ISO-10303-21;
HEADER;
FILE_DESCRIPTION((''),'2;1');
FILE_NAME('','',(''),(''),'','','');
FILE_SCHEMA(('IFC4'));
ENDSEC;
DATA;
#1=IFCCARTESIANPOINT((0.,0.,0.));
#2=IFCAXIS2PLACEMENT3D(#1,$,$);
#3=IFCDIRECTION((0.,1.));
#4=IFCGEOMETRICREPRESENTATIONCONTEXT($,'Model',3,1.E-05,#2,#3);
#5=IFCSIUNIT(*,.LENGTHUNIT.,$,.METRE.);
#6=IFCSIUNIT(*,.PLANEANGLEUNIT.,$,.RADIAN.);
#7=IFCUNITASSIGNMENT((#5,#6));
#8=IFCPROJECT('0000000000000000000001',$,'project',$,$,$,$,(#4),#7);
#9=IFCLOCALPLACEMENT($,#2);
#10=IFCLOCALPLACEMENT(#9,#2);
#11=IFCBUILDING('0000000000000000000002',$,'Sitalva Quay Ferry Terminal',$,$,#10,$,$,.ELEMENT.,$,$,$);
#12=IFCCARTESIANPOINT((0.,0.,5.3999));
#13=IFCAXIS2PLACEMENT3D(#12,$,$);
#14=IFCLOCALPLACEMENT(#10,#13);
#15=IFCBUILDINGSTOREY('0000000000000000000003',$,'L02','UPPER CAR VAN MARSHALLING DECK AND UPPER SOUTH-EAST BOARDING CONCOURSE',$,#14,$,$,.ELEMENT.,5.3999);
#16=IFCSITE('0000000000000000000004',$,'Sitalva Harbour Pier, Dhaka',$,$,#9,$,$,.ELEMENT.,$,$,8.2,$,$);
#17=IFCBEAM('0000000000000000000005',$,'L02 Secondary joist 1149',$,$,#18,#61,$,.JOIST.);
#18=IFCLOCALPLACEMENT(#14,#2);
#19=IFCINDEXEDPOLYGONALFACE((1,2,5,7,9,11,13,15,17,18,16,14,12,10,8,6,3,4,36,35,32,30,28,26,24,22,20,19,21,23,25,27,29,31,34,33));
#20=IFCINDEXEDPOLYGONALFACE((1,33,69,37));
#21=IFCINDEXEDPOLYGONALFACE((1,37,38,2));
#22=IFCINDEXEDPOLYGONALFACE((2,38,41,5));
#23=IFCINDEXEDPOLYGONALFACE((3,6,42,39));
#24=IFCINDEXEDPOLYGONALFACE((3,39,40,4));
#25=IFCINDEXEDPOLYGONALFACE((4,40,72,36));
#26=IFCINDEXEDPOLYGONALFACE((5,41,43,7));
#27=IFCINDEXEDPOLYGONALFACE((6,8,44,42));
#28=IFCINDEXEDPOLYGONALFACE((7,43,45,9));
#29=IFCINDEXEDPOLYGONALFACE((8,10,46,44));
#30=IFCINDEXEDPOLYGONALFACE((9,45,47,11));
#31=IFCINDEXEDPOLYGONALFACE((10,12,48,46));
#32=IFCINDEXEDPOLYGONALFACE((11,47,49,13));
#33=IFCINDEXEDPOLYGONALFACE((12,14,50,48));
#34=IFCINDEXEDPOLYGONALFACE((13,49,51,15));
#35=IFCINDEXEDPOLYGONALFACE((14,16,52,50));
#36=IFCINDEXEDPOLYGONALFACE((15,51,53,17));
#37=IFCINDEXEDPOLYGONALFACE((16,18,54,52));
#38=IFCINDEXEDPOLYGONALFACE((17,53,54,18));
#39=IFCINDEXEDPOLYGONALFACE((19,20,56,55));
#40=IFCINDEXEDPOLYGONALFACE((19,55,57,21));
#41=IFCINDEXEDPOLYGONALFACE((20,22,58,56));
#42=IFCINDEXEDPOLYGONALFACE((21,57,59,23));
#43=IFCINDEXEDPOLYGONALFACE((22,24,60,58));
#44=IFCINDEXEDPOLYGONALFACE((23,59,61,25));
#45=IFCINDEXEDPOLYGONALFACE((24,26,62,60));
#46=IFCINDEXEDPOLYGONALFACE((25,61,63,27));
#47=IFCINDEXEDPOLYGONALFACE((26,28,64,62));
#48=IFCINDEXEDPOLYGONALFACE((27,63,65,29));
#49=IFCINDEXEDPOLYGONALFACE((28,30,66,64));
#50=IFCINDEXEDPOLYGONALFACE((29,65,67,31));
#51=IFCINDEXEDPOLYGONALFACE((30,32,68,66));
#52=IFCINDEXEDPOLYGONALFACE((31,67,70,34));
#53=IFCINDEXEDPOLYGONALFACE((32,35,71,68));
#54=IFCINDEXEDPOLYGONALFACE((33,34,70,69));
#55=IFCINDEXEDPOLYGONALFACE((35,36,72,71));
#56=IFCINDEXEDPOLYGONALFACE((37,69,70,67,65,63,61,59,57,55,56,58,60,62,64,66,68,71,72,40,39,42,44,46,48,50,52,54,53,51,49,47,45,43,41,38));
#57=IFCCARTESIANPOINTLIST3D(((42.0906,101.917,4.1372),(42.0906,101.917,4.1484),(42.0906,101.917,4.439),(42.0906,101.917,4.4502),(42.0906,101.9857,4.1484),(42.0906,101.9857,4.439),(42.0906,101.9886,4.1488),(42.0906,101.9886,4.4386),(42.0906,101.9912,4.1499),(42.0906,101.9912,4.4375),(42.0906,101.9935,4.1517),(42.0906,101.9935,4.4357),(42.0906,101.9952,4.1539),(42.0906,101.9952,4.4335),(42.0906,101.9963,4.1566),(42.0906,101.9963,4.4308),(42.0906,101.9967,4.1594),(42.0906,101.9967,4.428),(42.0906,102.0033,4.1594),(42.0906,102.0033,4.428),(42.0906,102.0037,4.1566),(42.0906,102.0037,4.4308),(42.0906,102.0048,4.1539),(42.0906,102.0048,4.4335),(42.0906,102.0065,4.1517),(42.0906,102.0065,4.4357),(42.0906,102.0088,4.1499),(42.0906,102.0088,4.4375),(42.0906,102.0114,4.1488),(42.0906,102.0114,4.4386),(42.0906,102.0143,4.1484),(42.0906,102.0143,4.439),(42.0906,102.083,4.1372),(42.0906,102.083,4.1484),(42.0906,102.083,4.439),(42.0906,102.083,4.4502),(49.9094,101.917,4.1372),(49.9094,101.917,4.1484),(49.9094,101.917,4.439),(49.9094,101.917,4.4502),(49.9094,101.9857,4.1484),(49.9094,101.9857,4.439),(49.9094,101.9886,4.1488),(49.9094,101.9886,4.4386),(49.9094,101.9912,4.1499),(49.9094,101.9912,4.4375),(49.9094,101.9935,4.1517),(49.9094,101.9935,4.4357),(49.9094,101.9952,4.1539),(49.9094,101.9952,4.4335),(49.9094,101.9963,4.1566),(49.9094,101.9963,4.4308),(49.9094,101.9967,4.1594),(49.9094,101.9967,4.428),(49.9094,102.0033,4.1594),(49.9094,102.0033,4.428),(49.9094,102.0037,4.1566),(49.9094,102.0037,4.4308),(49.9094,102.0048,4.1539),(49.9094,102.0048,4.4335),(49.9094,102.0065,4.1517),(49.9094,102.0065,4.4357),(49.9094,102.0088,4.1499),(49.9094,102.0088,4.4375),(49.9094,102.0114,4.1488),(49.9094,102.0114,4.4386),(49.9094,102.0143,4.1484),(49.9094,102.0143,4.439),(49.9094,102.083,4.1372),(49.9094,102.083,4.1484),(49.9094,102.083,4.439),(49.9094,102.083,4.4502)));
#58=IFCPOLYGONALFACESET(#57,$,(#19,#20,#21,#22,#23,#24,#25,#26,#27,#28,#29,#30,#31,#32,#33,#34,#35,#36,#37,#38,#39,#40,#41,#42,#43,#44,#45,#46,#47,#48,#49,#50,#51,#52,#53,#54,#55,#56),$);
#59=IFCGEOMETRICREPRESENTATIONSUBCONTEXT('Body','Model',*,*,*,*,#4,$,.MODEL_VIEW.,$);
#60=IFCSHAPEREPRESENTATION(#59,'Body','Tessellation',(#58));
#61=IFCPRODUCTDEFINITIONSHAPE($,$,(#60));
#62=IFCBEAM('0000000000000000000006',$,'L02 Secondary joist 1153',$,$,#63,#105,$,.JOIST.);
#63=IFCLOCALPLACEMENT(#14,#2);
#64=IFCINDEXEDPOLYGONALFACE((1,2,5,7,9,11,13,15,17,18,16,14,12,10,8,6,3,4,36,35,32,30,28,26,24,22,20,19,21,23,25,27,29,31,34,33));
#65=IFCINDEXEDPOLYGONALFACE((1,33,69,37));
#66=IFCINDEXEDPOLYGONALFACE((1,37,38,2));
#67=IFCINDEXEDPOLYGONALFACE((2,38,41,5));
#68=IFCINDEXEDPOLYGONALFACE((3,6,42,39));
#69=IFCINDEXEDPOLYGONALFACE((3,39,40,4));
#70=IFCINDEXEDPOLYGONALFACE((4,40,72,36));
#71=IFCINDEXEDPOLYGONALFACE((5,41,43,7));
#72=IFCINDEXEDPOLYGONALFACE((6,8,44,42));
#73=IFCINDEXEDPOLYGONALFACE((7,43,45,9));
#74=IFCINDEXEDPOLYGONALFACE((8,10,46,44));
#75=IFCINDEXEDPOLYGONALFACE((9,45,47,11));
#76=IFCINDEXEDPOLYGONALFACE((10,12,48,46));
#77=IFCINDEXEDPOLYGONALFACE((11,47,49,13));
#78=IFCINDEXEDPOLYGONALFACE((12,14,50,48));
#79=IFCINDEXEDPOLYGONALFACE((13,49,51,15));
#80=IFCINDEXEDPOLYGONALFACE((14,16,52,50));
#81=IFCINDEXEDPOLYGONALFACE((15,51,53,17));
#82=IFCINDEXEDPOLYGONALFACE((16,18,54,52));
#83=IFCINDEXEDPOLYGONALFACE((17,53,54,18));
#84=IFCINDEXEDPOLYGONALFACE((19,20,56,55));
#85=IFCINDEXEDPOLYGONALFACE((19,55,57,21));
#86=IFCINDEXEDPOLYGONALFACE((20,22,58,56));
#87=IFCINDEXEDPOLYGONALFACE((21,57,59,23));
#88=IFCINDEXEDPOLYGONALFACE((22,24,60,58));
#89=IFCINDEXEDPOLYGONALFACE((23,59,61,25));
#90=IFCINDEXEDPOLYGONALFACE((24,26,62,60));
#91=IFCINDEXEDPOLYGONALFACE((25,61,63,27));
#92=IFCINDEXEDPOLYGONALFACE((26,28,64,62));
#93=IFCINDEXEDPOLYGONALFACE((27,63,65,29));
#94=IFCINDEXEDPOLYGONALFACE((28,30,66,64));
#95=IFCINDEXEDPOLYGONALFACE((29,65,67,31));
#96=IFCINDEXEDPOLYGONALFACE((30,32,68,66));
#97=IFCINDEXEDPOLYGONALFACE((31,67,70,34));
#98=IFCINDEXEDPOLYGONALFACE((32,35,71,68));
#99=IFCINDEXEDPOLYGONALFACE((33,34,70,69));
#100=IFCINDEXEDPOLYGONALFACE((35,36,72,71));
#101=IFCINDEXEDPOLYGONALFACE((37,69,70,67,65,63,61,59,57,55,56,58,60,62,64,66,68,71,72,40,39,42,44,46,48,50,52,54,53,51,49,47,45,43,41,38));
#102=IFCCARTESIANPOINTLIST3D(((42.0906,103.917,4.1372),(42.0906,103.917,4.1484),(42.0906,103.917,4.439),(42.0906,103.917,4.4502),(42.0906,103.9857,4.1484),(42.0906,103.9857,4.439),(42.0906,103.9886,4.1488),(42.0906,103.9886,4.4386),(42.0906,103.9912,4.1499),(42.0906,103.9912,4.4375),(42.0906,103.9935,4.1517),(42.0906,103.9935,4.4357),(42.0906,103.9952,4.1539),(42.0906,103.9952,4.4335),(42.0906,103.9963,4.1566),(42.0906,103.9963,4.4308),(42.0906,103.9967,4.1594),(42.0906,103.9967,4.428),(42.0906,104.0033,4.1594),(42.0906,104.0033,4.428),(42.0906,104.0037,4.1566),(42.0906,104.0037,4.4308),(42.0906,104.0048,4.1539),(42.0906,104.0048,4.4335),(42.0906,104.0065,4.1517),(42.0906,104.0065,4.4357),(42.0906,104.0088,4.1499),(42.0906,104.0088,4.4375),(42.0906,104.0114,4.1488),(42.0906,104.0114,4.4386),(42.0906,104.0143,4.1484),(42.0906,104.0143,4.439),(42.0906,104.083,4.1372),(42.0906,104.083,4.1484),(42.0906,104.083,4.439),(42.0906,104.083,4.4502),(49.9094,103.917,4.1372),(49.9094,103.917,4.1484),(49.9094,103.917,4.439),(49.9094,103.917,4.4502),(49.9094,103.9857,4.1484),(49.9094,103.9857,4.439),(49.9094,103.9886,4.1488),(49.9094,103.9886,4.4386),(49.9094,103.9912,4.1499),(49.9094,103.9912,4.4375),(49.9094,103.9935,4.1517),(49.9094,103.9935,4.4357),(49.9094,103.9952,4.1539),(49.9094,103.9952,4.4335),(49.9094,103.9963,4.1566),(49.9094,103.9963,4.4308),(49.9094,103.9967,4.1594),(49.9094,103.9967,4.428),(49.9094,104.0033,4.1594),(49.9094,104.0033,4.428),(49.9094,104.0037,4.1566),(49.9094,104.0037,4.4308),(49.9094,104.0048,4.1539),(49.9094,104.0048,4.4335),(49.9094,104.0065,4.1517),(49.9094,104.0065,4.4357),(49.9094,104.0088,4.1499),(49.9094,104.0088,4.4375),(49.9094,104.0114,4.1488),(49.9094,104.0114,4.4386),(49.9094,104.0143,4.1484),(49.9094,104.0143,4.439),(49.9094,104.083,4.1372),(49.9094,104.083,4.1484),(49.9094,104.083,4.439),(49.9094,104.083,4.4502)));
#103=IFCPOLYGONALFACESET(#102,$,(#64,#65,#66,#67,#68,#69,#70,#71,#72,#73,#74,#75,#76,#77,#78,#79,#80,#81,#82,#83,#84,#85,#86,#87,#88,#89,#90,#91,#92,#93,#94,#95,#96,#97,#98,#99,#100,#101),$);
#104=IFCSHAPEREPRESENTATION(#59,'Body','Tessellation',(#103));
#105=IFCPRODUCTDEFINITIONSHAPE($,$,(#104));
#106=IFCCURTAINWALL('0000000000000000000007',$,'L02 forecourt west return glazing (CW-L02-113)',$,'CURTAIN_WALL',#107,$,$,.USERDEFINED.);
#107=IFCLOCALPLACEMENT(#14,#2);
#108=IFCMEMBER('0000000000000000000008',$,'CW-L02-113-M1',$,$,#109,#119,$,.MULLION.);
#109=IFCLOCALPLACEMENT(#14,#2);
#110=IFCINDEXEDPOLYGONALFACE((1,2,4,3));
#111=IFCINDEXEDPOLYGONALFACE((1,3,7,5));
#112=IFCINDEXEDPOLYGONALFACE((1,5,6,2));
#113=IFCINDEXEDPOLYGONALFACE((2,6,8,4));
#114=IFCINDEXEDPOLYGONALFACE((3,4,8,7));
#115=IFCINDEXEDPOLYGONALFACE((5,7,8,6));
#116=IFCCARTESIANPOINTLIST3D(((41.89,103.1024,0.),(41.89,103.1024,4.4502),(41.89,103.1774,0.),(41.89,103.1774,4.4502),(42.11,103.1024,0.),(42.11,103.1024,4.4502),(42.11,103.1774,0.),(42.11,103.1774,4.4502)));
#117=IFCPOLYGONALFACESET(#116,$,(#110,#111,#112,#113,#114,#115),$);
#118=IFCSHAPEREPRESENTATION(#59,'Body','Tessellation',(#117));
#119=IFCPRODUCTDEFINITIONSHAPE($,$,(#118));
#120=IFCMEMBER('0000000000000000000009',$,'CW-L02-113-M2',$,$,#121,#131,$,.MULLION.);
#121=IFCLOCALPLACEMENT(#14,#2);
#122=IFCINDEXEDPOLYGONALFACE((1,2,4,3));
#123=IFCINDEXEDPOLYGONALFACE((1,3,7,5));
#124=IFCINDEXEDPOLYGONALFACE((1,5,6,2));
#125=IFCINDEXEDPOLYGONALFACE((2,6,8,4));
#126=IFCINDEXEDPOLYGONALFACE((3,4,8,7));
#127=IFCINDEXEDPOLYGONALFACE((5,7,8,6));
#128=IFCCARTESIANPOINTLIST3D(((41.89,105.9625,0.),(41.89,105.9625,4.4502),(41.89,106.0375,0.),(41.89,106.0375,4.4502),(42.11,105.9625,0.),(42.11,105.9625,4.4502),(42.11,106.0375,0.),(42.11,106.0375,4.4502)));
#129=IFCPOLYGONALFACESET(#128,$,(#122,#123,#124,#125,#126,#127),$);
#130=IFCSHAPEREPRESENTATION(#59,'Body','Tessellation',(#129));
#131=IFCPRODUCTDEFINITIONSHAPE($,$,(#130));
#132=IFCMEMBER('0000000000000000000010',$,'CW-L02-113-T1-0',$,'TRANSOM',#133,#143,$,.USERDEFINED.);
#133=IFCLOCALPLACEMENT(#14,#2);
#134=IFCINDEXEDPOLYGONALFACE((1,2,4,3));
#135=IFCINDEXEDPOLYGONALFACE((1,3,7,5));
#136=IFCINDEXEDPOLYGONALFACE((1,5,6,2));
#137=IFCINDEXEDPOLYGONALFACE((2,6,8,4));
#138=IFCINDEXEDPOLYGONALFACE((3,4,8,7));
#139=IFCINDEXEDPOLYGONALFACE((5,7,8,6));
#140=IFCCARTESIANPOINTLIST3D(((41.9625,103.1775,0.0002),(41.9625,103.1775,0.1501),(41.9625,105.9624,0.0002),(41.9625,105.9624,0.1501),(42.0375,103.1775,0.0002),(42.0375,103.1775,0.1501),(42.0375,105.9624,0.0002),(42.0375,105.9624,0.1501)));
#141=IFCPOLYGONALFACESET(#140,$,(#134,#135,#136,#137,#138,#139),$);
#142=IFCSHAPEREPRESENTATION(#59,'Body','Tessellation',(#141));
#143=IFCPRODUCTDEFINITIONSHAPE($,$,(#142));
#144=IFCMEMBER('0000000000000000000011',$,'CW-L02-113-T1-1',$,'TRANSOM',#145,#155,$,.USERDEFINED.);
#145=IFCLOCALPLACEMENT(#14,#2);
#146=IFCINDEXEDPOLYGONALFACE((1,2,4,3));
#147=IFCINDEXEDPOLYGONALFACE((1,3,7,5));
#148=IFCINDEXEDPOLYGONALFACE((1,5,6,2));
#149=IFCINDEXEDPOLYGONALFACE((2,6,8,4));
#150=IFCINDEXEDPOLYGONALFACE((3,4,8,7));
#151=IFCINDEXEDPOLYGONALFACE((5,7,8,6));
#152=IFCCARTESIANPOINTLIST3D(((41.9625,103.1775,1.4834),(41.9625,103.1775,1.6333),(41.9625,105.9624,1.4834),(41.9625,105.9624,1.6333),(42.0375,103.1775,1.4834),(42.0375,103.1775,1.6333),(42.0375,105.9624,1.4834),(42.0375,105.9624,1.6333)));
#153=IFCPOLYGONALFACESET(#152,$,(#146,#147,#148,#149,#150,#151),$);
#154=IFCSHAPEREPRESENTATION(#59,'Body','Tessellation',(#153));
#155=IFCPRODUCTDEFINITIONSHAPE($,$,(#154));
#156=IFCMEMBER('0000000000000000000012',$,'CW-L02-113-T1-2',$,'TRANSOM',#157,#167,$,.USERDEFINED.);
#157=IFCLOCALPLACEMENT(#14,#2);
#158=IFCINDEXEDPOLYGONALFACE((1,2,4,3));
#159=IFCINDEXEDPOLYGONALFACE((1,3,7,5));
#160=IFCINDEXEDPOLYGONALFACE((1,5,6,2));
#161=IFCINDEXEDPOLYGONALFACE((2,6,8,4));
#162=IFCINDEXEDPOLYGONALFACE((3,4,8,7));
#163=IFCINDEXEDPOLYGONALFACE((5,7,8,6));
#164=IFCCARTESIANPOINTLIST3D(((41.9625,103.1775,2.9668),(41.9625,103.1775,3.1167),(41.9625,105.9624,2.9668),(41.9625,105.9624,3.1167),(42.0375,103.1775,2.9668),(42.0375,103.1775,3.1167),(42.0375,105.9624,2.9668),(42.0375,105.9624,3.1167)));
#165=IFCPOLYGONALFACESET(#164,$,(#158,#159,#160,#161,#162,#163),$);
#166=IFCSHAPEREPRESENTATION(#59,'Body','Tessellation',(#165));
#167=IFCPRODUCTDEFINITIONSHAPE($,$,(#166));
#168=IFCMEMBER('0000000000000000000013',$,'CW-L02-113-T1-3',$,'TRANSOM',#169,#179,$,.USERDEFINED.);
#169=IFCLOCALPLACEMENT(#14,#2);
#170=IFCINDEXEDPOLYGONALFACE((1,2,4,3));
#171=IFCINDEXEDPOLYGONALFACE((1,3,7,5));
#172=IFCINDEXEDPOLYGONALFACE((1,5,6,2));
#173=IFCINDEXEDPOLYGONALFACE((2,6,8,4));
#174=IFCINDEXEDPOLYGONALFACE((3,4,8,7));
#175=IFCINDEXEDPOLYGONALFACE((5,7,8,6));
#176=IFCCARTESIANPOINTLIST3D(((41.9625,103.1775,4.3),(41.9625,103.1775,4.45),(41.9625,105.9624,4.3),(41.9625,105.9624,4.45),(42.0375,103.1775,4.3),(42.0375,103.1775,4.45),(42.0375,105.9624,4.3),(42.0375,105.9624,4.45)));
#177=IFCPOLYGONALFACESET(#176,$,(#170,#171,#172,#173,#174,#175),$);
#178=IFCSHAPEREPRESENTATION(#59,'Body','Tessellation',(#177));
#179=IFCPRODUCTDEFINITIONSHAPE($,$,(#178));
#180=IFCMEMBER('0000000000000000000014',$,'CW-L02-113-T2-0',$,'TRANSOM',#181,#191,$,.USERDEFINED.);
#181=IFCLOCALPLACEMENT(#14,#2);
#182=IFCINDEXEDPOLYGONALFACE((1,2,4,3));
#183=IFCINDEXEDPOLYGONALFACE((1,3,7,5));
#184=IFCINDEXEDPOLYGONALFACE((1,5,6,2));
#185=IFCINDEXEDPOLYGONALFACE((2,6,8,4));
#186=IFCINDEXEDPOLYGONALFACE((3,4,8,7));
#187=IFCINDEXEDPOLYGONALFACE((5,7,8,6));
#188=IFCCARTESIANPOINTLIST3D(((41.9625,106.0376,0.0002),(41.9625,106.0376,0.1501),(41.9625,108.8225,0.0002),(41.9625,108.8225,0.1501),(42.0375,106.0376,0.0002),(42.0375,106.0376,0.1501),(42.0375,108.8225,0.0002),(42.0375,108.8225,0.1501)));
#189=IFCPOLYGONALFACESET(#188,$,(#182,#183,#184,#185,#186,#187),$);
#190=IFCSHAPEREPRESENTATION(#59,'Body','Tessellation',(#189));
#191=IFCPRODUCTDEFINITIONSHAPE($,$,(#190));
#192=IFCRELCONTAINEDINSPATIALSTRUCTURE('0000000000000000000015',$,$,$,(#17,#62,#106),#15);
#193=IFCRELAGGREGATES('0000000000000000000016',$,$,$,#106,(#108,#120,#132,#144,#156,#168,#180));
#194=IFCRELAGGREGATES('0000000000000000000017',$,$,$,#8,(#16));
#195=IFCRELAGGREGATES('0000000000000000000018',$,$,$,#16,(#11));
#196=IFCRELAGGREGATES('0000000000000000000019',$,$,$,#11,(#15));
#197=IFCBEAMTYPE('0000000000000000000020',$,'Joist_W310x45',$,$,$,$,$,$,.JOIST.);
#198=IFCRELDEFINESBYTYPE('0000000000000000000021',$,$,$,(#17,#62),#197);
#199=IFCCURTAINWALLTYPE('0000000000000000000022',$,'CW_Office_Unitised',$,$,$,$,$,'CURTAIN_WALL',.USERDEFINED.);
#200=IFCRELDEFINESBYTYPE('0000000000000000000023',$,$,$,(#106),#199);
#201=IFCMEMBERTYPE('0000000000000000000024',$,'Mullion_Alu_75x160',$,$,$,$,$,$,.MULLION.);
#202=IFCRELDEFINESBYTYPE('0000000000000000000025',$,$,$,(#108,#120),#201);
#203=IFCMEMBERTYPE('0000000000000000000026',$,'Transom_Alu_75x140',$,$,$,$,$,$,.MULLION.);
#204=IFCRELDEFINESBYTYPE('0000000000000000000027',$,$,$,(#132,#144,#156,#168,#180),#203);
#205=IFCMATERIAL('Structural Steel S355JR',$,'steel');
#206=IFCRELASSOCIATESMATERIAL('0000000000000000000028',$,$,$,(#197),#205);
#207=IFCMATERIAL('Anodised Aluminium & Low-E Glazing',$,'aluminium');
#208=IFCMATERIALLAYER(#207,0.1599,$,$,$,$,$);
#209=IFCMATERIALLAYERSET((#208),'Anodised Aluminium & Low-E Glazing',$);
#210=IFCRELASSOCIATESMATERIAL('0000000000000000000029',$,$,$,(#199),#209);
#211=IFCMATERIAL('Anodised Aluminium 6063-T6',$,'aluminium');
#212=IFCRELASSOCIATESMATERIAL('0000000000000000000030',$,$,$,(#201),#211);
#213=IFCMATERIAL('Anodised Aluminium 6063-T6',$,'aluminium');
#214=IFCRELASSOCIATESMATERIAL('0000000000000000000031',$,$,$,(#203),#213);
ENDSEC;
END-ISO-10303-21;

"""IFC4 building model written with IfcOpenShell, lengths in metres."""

from ifc_helpers import new_model, si_unit, direction, frame, origin, origin_2d, place, context, subcontext, project, spatial, rectangle, i_section, extrude, material, layer, layer_set, material_profile, profile_set, type_object, element, aggregate, save


model = new_model("IFC4")

# Units and contexts
model_context = context("Model", 3, precision=1e-05, world=origin(), true_north=direction((0.0, 1.0)))
body_context = subcontext(model_context, "Body", "Model", "MODEL_VIEW")
ifc_project = project(units=[si_unit("LENGTHUNIT", "METRE"), si_unit("PLANEANGLEUNIT", "RADIAN")], contexts=[model_context])

# Site, building, storey
site_placement = place(None, origin())
site = spatial("IfcSite", under=ifc_project, at=site_placement, Name="Sitalva Harbour Pier, Dhaka", CompositionType="ELEMENT", RefElevation=8.2)
building_placement = place(site_placement, origin())
building = spatial("IfcBuilding", under=site, at=building_placement, Name="Sitalva Quay Ferry Terminal", CompositionType="ELEMENT")
storey_placement = place(building_placement, frame((0.0, 0.0, 5.3999)))
storey = spatial("IfcBuildingStorey", under=building, at=storey_placement, Name="L02", Description="UPPER CAR VAN MARSHALLING DECK AND UPPER SOUTH-EAST BOARDING CONCOURSE", CompositionType="ELEMENT", Elevation=5.3999)

# Beams
ifc_material_1 = material(Name="Structural Steel S355JR", Category="steel")
ifc_material_profile_1 = material_profile(ifc_material_1, i_section(OverallWidth=0.166, OverallDepth=0.313, WebThickness=0.0066, FlangeThickness=0.0112, FilletRadius=0.011, at=origin_2d()), Name="W310x45")
ifc_profile_set_1 = profile_set([ifc_material_profile_1], Name="Structural Steel S355JR")
beam_type_1 = type_object("IfcBeamType", Name="Joist_W310x45", PredefinedType="JOIST", material=ifc_profile_set_1)
for number, where, z_axis, x_axis, name in (
    (1, (42.0906, 102.0, 4.2937), (1.0, 0.0, 0.0), (0.0, 1.0, 0.0), "L02 Secondary joist 1149"),
    (2, (42.0906, 104.0, 4.2937), (1.0, 0.0, 0.0), (0.0, 1.0, 0.0), "L02 Secondary joist 1153"),
):
    element("IfcBeam", number, at=place(storey_placement, frame(where, z_axis=z_axis, x_axis=x_axis)), inside=storey, type_object=beam_type_1, Name=name, PredefinedType="JOIST", context=body_context, shape_type="SweptSolid", body=[
        extrude(i_section(OverallWidth=0.166, OverallDepth=0.313, WebThickness=0.0066, FlangeThickness=0.0112, FilletRadius=0.011, at=origin_2d()), origin(), (0.0, 0.0, 1.0), 7.8188),
    ])

# Curtain wall, members
ifc_material_2 = material(Name="Anodised Aluminium & Low-E Glazing", Category="aluminium")
ifc_layer_1 = layer(ifc_material_2, 0.1599)
ifc_layer_set_1 = layer_set([ifc_layer_1], Name="Anodised Aluminium & Low-E Glazing")
curtain_wall_type = type_object("IfcCurtainWallType", Name="CW_Office_Unitised", ElementType="CURTAIN_WALL", PredefinedType="USERDEFINED", material=ifc_layer_set_1)
curtain_wall_placement = place(storey_placement, origin())
curtain_wall = element("IfcCurtainWall", 3, at=curtain_wall_placement, inside=storey, type_object=curtain_wall_type, Name="L02 forecourt west return glazing (CW-L02-113)", ObjectType="CURTAIN_WALL", PredefinedType="USERDEFINED")
ifc_material_3 = material(Name="Anodised Aluminium 6063-T6", Category="aluminium")
ifc_material_profile_2 = material_profile(ifc_material_3, rectangle(XDim=0.075, YDim=0.22, at=origin_2d()), Name="ALU75x220")
ifc_profile_set_2 = profile_set([ifc_material_profile_2], Name="Anodised Aluminium 6063-T6")
member_type_1 = type_object("IfcMemberType", Name="Mullion_Alu_75x160", PredefinedType="MULLION", material=ifc_profile_set_2)
member_1_placement = place(storey_placement, frame((42.0, 103.1399, 0.0), z_axis=(0.0, 0.0, 1.0), x_axis=(0.0, 1.0, 0.0)))
member_1 = element("IfcMember", 4, at=member_1_placement, type_object=member_type_1, Name="CW-L02-113-M1", PredefinedType="MULLION", context=body_context, shape_type="SweptSolid", body=[
    extrude(rectangle(XDim=0.075, YDim=0.22, at=origin_2d()), origin(), (0.0, 0.0, 1.0), 4.4502),
])
member_2_placement = place(storey_placement, frame((42.0, 106.0, 0.0), z_axis=(0.0, 0.0, 1.0), x_axis=(0.0, 1.0, 0.0)))
member_2 = element("IfcMember", 5, at=member_2_placement, type_object=member_type_1, Name="CW-L02-113-M2", PredefinedType="MULLION", context=body_context, shape_type="SweptSolid", body=[
    extrude(rectangle(XDim=0.075, YDim=0.22, at=origin_2d()), origin(), (0.0, 0.0, 1.0), 4.4502),
])
ifc_material_4 = material(Name="Anodised Aluminium 6063-T6", Category="aluminium")
ifc_material_profile_3 = material_profile(ifc_material_4, rectangle(XDim=0.075, YDim=0.1499, at=origin_2d()), Name="ALU75x150")
ifc_profile_set_3 = profile_set([ifc_material_profile_3], Name="Anodised Aluminium 6063-T6")
member_type_2 = type_object("IfcMemberType", Name="Transom_Alu_75x140", PredefinedType="MULLION", material=ifc_profile_set_3)
member_3_placement = place(storey_placement, frame((42.0, 103.1775, 0.0752), z_axis=(0.0, 1.0, 0.0), x_axis=(-1.0, 0.0, 0.0)))
member_3 = element("IfcMember", 6, at=member_3_placement, type_object=member_type_2, Name="CW-L02-113-T1-0", ObjectType="TRANSOM", PredefinedType="USERDEFINED", context=body_context, shape_type="SweptSolid", body=[
    extrude(rectangle(XDim=0.075, YDim=0.1499, at=origin_2d()), origin(), (0.0, 0.0, 1.0), 2.7849),
])
member_4_placement = place(storey_placement, frame((42.0, 103.1775, 1.5583), z_axis=(0.0, 1.0, 0.0), x_axis=(-1.0, 0.0, 0.0)))
member_4 = element("IfcMember", 7, at=member_4_placement, type_object=member_type_2, Name="CW-L02-113-T1-1", ObjectType="TRANSOM", PredefinedType="USERDEFINED", context=body_context, shape_type="SweptSolid", body=[
    extrude(rectangle(XDim=0.075, YDim=0.1499, at=origin_2d()), origin(), (0.0, 0.0, 1.0), 2.7849),
])
member_5_placement = place(storey_placement, frame((42.0, 103.1775, 3.0417), z_axis=(0.0, 1.0, 0.0), x_axis=(-1.0, 0.0, 0.0)))
member_5 = element("IfcMember", 8, at=member_5_placement, type_object=member_type_2, Name="CW-L02-113-T1-2", ObjectType="TRANSOM", PredefinedType="USERDEFINED", context=body_context, shape_type="SweptSolid", body=[
    extrude(rectangle(XDim=0.075, YDim=0.1499, at=origin_2d()), origin(), (0.0, 0.0, 1.0), 2.7849),
])
member_6_placement = place(storey_placement, frame((42.0, 103.1775, 4.375), z_axis=(0.0, 1.0, 0.0), x_axis=(-1.0, 0.0, 0.0)))
member_6 = element("IfcMember", 9, at=member_6_placement, type_object=member_type_2, Name="CW-L02-113-T1-3", ObjectType="TRANSOM", PredefinedType="USERDEFINED", context=body_context, shape_type="SweptSolid", body=[
    extrude(rectangle(XDim=0.075, YDim=0.1499, at=origin_2d()), origin(), (0.0, 0.0, 1.0), 2.7849),
])
member_7_placement = place(storey_placement, frame((42.0, 106.0376, 0.0752), z_axis=(0.0, 1.0, 0.0), x_axis=(-1.0, 0.0, 0.0)))
member_7 = element("IfcMember", 10, at=member_7_placement, type_object=member_type_2, Name="CW-L02-113-T2-0", ObjectType="TRANSOM", PredefinedType="USERDEFINED", context=body_context, shape_type="SweptSolid", body=[
    extrude(rectangle(XDim=0.075, YDim=0.1499, at=origin_2d()), origin(), (0.0, 0.0, 1.0), 2.7849),
])
aggregate(curtain_wall, [member_1, member_2, member_3, member_4, member_5, member_6, member_7])

save(model, "model.ifc")
